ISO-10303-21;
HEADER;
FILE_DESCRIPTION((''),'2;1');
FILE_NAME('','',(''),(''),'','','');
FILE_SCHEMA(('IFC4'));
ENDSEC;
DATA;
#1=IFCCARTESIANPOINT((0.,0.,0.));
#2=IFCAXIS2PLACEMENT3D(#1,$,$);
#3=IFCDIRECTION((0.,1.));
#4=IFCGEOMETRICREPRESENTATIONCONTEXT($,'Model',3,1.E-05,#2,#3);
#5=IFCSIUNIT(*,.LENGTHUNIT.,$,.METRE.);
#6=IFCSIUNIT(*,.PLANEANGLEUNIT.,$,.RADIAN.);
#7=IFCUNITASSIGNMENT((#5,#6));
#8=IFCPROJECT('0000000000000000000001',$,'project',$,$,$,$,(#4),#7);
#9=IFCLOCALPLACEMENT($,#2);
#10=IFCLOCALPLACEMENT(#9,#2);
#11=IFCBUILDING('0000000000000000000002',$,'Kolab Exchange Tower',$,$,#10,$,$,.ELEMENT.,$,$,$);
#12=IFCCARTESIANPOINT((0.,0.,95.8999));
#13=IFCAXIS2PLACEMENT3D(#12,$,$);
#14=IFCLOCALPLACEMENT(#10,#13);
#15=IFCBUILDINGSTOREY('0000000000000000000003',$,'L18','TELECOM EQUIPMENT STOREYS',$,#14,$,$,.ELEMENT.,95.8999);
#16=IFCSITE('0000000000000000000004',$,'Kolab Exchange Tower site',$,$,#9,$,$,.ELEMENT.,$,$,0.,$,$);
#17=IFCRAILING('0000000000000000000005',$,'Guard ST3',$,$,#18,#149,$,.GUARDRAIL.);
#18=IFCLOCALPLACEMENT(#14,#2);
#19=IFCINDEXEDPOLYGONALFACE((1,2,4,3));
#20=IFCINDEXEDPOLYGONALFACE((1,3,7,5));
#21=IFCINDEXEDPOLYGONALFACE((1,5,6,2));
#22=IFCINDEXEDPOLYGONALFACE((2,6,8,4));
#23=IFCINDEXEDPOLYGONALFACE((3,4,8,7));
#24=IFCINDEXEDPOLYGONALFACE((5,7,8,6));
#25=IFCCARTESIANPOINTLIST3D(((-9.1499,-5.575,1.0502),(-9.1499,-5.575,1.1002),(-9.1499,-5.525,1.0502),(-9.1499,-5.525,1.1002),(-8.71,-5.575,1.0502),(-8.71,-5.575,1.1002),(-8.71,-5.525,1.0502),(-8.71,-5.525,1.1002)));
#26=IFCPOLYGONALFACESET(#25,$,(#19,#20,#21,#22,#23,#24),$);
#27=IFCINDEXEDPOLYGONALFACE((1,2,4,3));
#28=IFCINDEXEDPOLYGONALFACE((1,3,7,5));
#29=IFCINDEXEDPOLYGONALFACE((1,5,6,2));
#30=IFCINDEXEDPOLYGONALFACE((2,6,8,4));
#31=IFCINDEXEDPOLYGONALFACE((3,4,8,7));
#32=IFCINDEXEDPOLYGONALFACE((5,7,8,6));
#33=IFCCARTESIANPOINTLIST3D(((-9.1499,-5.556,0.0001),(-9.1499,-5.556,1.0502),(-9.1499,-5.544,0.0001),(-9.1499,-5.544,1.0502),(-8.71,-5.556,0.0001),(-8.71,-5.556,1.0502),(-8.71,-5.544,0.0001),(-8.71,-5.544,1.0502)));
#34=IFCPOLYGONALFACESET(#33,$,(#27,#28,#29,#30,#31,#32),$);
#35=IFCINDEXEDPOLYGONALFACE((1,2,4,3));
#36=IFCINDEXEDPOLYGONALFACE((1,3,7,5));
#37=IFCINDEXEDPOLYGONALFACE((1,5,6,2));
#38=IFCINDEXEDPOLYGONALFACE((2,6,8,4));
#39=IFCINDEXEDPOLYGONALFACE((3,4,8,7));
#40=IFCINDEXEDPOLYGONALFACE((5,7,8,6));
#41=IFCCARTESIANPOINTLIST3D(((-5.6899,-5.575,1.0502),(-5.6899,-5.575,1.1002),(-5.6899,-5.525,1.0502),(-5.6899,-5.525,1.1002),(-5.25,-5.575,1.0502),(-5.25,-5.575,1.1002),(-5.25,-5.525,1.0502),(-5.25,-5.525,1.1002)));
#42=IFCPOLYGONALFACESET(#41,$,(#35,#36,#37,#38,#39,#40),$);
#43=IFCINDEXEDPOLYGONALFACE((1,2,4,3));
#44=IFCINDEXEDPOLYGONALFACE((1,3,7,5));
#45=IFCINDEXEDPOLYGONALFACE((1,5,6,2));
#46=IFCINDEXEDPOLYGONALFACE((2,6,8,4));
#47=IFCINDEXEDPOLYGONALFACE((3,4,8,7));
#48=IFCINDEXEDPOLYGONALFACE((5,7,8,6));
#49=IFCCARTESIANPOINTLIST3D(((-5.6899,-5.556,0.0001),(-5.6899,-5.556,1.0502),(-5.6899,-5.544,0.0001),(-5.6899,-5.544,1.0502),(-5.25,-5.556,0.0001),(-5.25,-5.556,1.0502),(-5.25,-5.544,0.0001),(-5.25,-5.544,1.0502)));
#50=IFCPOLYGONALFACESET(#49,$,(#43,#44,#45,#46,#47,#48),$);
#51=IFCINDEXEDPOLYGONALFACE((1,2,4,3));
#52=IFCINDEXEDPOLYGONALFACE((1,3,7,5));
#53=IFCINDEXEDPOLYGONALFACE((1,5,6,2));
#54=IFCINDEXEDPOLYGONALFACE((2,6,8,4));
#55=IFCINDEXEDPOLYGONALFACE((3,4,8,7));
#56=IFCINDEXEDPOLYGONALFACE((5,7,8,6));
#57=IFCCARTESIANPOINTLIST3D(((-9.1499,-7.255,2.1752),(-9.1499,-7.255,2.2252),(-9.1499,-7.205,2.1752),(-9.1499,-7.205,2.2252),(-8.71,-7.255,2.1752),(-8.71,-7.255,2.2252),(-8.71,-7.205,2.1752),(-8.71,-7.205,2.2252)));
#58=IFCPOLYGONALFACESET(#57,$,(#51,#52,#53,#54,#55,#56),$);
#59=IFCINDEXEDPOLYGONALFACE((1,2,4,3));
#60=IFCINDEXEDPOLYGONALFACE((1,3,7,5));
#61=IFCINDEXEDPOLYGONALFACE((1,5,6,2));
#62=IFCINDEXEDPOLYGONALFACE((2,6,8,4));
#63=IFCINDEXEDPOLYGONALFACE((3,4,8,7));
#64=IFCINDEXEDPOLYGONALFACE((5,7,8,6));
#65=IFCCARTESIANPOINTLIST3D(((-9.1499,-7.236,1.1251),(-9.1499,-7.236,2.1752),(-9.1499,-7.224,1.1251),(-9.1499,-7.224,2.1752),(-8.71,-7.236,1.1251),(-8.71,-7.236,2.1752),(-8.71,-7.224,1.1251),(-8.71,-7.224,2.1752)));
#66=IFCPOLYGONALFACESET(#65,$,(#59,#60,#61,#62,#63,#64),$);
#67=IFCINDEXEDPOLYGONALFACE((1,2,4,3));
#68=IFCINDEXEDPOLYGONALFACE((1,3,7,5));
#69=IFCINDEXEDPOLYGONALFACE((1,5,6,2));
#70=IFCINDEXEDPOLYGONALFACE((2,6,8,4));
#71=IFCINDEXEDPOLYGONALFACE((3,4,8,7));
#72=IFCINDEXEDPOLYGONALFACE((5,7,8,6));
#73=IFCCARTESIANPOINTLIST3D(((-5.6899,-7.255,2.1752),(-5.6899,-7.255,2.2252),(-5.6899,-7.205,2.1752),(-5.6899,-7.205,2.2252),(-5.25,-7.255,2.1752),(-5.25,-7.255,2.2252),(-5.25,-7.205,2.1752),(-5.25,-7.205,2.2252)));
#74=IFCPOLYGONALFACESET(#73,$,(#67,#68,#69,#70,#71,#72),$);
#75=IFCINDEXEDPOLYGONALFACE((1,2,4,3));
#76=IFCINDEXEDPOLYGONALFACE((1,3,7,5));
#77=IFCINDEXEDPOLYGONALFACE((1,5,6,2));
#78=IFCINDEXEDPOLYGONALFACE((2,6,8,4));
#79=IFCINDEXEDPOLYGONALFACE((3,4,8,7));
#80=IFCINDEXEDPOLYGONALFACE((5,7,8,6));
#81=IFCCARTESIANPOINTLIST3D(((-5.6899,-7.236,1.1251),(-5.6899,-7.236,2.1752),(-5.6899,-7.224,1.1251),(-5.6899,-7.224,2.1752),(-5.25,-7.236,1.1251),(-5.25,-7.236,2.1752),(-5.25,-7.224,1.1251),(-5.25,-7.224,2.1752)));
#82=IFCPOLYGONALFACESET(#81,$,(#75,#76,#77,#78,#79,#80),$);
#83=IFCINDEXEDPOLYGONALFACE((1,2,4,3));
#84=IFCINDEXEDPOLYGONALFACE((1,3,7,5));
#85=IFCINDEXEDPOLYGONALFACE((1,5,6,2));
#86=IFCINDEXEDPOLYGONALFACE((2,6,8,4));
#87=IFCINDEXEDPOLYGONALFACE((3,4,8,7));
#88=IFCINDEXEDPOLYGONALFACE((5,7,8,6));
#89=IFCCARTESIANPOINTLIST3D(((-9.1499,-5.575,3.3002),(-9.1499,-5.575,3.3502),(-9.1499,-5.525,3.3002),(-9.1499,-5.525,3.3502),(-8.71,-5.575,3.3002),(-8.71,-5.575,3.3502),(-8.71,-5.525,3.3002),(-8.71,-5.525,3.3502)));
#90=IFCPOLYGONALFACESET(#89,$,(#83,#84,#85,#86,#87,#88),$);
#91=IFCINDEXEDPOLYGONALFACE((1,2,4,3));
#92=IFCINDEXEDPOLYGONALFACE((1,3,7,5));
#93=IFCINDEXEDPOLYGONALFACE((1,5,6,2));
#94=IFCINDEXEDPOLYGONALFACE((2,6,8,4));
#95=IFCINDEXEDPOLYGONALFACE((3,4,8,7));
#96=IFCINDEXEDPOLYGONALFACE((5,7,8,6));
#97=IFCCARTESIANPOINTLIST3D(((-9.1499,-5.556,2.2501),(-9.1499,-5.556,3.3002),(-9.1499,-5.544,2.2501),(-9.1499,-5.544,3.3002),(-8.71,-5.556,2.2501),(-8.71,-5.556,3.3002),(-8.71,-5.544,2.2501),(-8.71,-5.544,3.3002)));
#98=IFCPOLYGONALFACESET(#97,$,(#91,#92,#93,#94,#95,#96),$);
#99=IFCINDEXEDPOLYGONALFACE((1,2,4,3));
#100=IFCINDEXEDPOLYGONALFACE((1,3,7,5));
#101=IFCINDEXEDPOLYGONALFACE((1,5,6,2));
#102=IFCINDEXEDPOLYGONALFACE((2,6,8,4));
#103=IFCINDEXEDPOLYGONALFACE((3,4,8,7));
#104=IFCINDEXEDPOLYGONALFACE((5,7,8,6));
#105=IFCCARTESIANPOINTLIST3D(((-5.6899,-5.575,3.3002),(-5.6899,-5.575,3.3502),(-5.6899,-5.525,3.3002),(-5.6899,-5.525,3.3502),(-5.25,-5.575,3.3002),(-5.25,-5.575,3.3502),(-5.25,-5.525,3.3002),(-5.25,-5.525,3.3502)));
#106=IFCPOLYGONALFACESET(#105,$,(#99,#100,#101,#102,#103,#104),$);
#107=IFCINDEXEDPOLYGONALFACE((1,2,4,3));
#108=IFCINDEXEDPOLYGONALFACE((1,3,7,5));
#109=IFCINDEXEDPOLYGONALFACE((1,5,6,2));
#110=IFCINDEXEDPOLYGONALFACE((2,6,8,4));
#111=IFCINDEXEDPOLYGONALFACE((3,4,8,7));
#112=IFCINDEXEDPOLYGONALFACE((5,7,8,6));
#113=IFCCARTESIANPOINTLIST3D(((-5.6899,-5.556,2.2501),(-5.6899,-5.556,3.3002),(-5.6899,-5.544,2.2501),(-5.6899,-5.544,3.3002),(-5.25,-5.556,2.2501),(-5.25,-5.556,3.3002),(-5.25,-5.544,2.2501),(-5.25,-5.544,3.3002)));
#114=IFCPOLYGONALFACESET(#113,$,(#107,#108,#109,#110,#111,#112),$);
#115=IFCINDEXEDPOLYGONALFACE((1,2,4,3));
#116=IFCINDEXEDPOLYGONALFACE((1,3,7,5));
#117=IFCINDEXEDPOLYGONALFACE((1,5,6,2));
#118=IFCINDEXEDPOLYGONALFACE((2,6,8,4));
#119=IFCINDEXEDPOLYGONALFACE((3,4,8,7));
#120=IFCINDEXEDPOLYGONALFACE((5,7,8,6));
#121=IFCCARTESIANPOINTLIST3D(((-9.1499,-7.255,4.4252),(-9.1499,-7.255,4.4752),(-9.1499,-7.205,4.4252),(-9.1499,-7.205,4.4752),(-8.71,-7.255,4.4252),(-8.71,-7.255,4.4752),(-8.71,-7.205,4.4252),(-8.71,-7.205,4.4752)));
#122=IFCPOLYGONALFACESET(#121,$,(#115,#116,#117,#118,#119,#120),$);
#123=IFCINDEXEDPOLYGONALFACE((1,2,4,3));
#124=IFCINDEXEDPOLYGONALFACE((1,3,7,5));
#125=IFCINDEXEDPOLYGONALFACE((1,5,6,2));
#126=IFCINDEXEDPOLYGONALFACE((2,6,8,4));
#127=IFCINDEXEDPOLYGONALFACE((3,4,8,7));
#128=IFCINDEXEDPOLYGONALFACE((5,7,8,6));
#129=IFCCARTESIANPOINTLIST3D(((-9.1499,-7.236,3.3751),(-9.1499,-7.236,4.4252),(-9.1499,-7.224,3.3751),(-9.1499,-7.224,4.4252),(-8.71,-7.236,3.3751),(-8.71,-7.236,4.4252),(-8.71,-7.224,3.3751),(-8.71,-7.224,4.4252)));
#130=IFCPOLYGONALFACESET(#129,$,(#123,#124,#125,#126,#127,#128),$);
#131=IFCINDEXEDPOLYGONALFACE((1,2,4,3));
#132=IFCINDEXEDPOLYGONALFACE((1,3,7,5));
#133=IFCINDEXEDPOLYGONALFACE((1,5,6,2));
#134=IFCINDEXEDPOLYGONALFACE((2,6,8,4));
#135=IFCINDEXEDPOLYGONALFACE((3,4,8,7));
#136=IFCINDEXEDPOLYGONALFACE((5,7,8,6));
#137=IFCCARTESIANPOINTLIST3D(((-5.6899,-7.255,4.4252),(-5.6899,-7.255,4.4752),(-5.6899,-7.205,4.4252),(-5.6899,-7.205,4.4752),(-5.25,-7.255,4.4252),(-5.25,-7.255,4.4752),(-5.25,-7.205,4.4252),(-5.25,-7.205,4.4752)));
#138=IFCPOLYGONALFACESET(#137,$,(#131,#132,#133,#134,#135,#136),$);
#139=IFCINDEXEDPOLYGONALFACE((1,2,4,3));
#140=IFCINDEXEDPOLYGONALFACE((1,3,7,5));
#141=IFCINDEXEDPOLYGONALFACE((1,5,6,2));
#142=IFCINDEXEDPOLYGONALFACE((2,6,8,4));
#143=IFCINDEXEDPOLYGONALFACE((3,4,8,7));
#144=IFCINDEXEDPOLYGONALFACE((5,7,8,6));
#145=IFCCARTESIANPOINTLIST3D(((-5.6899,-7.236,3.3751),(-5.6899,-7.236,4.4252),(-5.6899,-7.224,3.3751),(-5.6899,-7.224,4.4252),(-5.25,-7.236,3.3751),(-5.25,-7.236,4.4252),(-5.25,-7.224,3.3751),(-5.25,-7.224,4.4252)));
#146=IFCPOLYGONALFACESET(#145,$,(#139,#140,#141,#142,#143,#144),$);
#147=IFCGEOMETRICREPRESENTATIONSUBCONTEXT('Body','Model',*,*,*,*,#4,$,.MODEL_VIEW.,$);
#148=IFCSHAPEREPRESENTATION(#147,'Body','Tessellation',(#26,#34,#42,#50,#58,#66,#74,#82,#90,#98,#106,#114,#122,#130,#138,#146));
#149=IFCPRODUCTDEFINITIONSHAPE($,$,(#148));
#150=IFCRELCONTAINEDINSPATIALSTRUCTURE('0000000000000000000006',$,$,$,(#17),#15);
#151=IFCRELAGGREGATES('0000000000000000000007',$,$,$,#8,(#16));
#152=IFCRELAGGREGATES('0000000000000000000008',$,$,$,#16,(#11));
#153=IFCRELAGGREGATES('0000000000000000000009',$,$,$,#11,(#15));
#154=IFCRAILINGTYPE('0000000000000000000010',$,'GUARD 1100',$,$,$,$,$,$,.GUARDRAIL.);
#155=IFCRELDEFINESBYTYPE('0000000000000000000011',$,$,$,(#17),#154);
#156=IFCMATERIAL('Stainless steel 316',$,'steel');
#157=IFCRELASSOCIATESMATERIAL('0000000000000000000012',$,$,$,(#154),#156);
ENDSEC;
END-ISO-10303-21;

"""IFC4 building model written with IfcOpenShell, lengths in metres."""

from ifc_helpers import new_model, si_unit, direction, frame, frame_2d, origin, origin_2d, place, context, subcontext, project, spatial, rectangle, extrude, material, type_object, element, save


model = new_model("IFC4")

# Units and contexts
model_context = context("Model", 3, precision=1e-05, world=origin(), true_north=direction((0.0, 1.0)))
body_context = subcontext(model_context, "Body", "Model", "MODEL_VIEW")
ifc_project = project(units=[si_unit("LENGTHUNIT", "METRE"), si_unit("PLANEANGLEUNIT", "RADIAN")], contexts=[model_context])

# Site, building, storey
site_placement = place(None, origin())
site = spatial("IfcSite", under=ifc_project, at=site_placement, Name="Kolab Exchange Tower site", CompositionType="ELEMENT", RefElevation=0.0)
building_placement = place(site_placement, origin())
building = spatial("IfcBuilding", under=site, at=building_placement, Name="Kolab Exchange Tower", CompositionType="ELEMENT")
storey_placement = place(building_placement, frame((0.0, 0.0, 95.8999)))
storey = spatial("IfcBuildingStorey", under=building, at=storey_placement, Name="L18", Description="TELECOM EQUIPMENT STOREYS", CompositionType="ELEMENT", Elevation=95.8999)

# Shared definitions
ifc_material_1 = material(Name="Stainless steel 316", Category="steel")

# Railing
railing_type = type_object("IfcRailingType", Name="GUARD 1100", PredefinedType="GUARDRAIL", material=ifc_material_1)
railing_placement = place(storey_placement, frame((-9.1499, -5.55, 0.0)))
element("IfcRailing", 1, at=railing_placement, inside=storey, type_object=railing_type, Name="Guard ST3", PredefinedType="GUARDRAIL", context=body_context, shape_type="SweptSolid", body=[
    extrude(rectangle(XDim=0.05, YDim=0.05, at=origin_2d()), frame((0.0, 0.0, 1.0752), z_axis=(1.0, 0.0, 0.0), x_axis=(0.0, 1.0, 0.0)), (0.0, 0.0, 1.0), 0.4399),
    extrude(rectangle(XDim=0.012, YDim=1.0501, at=frame_2d((0.0, 0.5251))), frame((0.0, 0.0, 0.0), z_axis=(1.0, 0.0, 0.0), x_axis=(0.0, 1.0, 0.0)), (0.0, 0.0, 1.0), 0.4399),
    extrude(rectangle(XDim=0.05, YDim=0.05, at=origin_2d()), frame((3.46, 0.0, 1.0752), z_axis=(1.0, 0.0, 0.0), x_axis=(0.0, 1.0, 0.0)), (0.0, 0.0, 1.0), 0.4399),
    extrude(rectangle(XDim=0.012, YDim=1.0501, at=frame_2d((0.0, 0.5251))), frame((3.46, 0.0, 0.0), z_axis=(1.0, 0.0, 0.0), x_axis=(0.0, 1.0, 0.0)), (0.0, 0.0, 1.0), 0.4399),
    extrude(rectangle(XDim=0.05, YDim=0.05, at=origin_2d()), frame((0.0, -1.6799, 2.2002), z_axis=(1.0, 0.0, 0.0), x_axis=(0.0, 1.0, 0.0)), (0.0, 0.0, 1.0), 0.4399),
    extrude(rectangle(XDim=0.012, YDim=1.0501, at=frame_2d((0.0, 0.5251))), frame((0.0, -1.6799, 1.125), z_axis=(1.0, 0.0, 0.0), x_axis=(0.0, 1.0, 0.0)), (0.0, 0.0, 1.0), 0.4399),
    extrude(rectangle(XDim=0.05, YDim=0.05, at=origin_2d()), frame((3.46, -1.6799, 2.2002), z_axis=(1.0, 0.0, 0.0), x_axis=(0.0, 1.0, 0.0)), (0.0, 0.0, 1.0), 0.4399),
    extrude(rectangle(XDim=0.012, YDim=1.0501, at=frame_2d((0.0, 0.5251))), frame((3.46, -1.6799, 1.125), z_axis=(1.0, 0.0, 0.0), x_axis=(0.0, 1.0, 0.0)), (0.0, 0.0, 1.0), 0.4399),
    extrude(rectangle(XDim=0.05, YDim=0.05, at=origin_2d()), frame((0.0, 0.0, 3.3252), z_axis=(1.0, 0.0, 0.0), x_axis=(0.0, 1.0, 0.0)), (0.0, 0.0, 1.0), 0.4399),
    extrude(rectangle(XDim=0.012, YDim=1.0501, at=frame_2d((0.0, 0.5251))), frame((0.0, 0.0, 2.25), z_axis=(1.0, 0.0, 0.0), x_axis=(0.0, 1.0, 0.0)), (0.0, 0.0, 1.0), 0.4399),
    extrude(rectangle(XDim=0.05, YDim=0.05, at=origin_2d()), frame((3.46, 0.0, 3.3252), z_axis=(1.0, 0.0, 0.0), x_axis=(0.0, 1.0, 0.0)), (0.0, 0.0, 1.0), 0.4399),
    extrude(rectangle(XDim=0.012, YDim=1.0501, at=frame_2d((0.0, 0.5251))), frame((3.46, 0.0, 2.25), z_axis=(1.0, 0.0, 0.0), x_axis=(0.0, 1.0, 0.0)), (0.0, 0.0, 1.0), 0.4399),
    extrude(rectangle(XDim=0.05, YDim=0.05, at=origin_2d()), frame((0.0, -1.6799, 4.4502), z_axis=(1.0, 0.0, 0.0), x_axis=(0.0, 1.0, 0.0)), (0.0, 0.0, 1.0), 0.4399),
    extrude(rectangle(XDim=0.012, YDim=1.0501, at=frame_2d((0.0, 0.5251))), frame((0.0, -1.6799, 3.375), z_axis=(1.0, 0.0, 0.0), x_axis=(0.0, 1.0, 0.0)), (0.0, 0.0, 1.0), 0.4399),
    extrude(rectangle(XDim=0.05, YDim=0.05, at=origin_2d()), frame((3.46, -1.6799, 4.4502), z_axis=(1.0, 0.0, 0.0), x_axis=(0.0, 1.0, 0.0)), (0.0, 0.0, 1.0), 0.4399),
    extrude(rectangle(XDim=0.012, YDim=1.0501, at=frame_2d((0.0, 0.5251))), frame((3.46, -1.6799, 3.375), z_axis=(1.0, 0.0, 0.0), x_axis=(0.0, 1.0, 0.0)), (0.0, 0.0, 1.0), 0.4399),
])

save(model, "model.ifc")
